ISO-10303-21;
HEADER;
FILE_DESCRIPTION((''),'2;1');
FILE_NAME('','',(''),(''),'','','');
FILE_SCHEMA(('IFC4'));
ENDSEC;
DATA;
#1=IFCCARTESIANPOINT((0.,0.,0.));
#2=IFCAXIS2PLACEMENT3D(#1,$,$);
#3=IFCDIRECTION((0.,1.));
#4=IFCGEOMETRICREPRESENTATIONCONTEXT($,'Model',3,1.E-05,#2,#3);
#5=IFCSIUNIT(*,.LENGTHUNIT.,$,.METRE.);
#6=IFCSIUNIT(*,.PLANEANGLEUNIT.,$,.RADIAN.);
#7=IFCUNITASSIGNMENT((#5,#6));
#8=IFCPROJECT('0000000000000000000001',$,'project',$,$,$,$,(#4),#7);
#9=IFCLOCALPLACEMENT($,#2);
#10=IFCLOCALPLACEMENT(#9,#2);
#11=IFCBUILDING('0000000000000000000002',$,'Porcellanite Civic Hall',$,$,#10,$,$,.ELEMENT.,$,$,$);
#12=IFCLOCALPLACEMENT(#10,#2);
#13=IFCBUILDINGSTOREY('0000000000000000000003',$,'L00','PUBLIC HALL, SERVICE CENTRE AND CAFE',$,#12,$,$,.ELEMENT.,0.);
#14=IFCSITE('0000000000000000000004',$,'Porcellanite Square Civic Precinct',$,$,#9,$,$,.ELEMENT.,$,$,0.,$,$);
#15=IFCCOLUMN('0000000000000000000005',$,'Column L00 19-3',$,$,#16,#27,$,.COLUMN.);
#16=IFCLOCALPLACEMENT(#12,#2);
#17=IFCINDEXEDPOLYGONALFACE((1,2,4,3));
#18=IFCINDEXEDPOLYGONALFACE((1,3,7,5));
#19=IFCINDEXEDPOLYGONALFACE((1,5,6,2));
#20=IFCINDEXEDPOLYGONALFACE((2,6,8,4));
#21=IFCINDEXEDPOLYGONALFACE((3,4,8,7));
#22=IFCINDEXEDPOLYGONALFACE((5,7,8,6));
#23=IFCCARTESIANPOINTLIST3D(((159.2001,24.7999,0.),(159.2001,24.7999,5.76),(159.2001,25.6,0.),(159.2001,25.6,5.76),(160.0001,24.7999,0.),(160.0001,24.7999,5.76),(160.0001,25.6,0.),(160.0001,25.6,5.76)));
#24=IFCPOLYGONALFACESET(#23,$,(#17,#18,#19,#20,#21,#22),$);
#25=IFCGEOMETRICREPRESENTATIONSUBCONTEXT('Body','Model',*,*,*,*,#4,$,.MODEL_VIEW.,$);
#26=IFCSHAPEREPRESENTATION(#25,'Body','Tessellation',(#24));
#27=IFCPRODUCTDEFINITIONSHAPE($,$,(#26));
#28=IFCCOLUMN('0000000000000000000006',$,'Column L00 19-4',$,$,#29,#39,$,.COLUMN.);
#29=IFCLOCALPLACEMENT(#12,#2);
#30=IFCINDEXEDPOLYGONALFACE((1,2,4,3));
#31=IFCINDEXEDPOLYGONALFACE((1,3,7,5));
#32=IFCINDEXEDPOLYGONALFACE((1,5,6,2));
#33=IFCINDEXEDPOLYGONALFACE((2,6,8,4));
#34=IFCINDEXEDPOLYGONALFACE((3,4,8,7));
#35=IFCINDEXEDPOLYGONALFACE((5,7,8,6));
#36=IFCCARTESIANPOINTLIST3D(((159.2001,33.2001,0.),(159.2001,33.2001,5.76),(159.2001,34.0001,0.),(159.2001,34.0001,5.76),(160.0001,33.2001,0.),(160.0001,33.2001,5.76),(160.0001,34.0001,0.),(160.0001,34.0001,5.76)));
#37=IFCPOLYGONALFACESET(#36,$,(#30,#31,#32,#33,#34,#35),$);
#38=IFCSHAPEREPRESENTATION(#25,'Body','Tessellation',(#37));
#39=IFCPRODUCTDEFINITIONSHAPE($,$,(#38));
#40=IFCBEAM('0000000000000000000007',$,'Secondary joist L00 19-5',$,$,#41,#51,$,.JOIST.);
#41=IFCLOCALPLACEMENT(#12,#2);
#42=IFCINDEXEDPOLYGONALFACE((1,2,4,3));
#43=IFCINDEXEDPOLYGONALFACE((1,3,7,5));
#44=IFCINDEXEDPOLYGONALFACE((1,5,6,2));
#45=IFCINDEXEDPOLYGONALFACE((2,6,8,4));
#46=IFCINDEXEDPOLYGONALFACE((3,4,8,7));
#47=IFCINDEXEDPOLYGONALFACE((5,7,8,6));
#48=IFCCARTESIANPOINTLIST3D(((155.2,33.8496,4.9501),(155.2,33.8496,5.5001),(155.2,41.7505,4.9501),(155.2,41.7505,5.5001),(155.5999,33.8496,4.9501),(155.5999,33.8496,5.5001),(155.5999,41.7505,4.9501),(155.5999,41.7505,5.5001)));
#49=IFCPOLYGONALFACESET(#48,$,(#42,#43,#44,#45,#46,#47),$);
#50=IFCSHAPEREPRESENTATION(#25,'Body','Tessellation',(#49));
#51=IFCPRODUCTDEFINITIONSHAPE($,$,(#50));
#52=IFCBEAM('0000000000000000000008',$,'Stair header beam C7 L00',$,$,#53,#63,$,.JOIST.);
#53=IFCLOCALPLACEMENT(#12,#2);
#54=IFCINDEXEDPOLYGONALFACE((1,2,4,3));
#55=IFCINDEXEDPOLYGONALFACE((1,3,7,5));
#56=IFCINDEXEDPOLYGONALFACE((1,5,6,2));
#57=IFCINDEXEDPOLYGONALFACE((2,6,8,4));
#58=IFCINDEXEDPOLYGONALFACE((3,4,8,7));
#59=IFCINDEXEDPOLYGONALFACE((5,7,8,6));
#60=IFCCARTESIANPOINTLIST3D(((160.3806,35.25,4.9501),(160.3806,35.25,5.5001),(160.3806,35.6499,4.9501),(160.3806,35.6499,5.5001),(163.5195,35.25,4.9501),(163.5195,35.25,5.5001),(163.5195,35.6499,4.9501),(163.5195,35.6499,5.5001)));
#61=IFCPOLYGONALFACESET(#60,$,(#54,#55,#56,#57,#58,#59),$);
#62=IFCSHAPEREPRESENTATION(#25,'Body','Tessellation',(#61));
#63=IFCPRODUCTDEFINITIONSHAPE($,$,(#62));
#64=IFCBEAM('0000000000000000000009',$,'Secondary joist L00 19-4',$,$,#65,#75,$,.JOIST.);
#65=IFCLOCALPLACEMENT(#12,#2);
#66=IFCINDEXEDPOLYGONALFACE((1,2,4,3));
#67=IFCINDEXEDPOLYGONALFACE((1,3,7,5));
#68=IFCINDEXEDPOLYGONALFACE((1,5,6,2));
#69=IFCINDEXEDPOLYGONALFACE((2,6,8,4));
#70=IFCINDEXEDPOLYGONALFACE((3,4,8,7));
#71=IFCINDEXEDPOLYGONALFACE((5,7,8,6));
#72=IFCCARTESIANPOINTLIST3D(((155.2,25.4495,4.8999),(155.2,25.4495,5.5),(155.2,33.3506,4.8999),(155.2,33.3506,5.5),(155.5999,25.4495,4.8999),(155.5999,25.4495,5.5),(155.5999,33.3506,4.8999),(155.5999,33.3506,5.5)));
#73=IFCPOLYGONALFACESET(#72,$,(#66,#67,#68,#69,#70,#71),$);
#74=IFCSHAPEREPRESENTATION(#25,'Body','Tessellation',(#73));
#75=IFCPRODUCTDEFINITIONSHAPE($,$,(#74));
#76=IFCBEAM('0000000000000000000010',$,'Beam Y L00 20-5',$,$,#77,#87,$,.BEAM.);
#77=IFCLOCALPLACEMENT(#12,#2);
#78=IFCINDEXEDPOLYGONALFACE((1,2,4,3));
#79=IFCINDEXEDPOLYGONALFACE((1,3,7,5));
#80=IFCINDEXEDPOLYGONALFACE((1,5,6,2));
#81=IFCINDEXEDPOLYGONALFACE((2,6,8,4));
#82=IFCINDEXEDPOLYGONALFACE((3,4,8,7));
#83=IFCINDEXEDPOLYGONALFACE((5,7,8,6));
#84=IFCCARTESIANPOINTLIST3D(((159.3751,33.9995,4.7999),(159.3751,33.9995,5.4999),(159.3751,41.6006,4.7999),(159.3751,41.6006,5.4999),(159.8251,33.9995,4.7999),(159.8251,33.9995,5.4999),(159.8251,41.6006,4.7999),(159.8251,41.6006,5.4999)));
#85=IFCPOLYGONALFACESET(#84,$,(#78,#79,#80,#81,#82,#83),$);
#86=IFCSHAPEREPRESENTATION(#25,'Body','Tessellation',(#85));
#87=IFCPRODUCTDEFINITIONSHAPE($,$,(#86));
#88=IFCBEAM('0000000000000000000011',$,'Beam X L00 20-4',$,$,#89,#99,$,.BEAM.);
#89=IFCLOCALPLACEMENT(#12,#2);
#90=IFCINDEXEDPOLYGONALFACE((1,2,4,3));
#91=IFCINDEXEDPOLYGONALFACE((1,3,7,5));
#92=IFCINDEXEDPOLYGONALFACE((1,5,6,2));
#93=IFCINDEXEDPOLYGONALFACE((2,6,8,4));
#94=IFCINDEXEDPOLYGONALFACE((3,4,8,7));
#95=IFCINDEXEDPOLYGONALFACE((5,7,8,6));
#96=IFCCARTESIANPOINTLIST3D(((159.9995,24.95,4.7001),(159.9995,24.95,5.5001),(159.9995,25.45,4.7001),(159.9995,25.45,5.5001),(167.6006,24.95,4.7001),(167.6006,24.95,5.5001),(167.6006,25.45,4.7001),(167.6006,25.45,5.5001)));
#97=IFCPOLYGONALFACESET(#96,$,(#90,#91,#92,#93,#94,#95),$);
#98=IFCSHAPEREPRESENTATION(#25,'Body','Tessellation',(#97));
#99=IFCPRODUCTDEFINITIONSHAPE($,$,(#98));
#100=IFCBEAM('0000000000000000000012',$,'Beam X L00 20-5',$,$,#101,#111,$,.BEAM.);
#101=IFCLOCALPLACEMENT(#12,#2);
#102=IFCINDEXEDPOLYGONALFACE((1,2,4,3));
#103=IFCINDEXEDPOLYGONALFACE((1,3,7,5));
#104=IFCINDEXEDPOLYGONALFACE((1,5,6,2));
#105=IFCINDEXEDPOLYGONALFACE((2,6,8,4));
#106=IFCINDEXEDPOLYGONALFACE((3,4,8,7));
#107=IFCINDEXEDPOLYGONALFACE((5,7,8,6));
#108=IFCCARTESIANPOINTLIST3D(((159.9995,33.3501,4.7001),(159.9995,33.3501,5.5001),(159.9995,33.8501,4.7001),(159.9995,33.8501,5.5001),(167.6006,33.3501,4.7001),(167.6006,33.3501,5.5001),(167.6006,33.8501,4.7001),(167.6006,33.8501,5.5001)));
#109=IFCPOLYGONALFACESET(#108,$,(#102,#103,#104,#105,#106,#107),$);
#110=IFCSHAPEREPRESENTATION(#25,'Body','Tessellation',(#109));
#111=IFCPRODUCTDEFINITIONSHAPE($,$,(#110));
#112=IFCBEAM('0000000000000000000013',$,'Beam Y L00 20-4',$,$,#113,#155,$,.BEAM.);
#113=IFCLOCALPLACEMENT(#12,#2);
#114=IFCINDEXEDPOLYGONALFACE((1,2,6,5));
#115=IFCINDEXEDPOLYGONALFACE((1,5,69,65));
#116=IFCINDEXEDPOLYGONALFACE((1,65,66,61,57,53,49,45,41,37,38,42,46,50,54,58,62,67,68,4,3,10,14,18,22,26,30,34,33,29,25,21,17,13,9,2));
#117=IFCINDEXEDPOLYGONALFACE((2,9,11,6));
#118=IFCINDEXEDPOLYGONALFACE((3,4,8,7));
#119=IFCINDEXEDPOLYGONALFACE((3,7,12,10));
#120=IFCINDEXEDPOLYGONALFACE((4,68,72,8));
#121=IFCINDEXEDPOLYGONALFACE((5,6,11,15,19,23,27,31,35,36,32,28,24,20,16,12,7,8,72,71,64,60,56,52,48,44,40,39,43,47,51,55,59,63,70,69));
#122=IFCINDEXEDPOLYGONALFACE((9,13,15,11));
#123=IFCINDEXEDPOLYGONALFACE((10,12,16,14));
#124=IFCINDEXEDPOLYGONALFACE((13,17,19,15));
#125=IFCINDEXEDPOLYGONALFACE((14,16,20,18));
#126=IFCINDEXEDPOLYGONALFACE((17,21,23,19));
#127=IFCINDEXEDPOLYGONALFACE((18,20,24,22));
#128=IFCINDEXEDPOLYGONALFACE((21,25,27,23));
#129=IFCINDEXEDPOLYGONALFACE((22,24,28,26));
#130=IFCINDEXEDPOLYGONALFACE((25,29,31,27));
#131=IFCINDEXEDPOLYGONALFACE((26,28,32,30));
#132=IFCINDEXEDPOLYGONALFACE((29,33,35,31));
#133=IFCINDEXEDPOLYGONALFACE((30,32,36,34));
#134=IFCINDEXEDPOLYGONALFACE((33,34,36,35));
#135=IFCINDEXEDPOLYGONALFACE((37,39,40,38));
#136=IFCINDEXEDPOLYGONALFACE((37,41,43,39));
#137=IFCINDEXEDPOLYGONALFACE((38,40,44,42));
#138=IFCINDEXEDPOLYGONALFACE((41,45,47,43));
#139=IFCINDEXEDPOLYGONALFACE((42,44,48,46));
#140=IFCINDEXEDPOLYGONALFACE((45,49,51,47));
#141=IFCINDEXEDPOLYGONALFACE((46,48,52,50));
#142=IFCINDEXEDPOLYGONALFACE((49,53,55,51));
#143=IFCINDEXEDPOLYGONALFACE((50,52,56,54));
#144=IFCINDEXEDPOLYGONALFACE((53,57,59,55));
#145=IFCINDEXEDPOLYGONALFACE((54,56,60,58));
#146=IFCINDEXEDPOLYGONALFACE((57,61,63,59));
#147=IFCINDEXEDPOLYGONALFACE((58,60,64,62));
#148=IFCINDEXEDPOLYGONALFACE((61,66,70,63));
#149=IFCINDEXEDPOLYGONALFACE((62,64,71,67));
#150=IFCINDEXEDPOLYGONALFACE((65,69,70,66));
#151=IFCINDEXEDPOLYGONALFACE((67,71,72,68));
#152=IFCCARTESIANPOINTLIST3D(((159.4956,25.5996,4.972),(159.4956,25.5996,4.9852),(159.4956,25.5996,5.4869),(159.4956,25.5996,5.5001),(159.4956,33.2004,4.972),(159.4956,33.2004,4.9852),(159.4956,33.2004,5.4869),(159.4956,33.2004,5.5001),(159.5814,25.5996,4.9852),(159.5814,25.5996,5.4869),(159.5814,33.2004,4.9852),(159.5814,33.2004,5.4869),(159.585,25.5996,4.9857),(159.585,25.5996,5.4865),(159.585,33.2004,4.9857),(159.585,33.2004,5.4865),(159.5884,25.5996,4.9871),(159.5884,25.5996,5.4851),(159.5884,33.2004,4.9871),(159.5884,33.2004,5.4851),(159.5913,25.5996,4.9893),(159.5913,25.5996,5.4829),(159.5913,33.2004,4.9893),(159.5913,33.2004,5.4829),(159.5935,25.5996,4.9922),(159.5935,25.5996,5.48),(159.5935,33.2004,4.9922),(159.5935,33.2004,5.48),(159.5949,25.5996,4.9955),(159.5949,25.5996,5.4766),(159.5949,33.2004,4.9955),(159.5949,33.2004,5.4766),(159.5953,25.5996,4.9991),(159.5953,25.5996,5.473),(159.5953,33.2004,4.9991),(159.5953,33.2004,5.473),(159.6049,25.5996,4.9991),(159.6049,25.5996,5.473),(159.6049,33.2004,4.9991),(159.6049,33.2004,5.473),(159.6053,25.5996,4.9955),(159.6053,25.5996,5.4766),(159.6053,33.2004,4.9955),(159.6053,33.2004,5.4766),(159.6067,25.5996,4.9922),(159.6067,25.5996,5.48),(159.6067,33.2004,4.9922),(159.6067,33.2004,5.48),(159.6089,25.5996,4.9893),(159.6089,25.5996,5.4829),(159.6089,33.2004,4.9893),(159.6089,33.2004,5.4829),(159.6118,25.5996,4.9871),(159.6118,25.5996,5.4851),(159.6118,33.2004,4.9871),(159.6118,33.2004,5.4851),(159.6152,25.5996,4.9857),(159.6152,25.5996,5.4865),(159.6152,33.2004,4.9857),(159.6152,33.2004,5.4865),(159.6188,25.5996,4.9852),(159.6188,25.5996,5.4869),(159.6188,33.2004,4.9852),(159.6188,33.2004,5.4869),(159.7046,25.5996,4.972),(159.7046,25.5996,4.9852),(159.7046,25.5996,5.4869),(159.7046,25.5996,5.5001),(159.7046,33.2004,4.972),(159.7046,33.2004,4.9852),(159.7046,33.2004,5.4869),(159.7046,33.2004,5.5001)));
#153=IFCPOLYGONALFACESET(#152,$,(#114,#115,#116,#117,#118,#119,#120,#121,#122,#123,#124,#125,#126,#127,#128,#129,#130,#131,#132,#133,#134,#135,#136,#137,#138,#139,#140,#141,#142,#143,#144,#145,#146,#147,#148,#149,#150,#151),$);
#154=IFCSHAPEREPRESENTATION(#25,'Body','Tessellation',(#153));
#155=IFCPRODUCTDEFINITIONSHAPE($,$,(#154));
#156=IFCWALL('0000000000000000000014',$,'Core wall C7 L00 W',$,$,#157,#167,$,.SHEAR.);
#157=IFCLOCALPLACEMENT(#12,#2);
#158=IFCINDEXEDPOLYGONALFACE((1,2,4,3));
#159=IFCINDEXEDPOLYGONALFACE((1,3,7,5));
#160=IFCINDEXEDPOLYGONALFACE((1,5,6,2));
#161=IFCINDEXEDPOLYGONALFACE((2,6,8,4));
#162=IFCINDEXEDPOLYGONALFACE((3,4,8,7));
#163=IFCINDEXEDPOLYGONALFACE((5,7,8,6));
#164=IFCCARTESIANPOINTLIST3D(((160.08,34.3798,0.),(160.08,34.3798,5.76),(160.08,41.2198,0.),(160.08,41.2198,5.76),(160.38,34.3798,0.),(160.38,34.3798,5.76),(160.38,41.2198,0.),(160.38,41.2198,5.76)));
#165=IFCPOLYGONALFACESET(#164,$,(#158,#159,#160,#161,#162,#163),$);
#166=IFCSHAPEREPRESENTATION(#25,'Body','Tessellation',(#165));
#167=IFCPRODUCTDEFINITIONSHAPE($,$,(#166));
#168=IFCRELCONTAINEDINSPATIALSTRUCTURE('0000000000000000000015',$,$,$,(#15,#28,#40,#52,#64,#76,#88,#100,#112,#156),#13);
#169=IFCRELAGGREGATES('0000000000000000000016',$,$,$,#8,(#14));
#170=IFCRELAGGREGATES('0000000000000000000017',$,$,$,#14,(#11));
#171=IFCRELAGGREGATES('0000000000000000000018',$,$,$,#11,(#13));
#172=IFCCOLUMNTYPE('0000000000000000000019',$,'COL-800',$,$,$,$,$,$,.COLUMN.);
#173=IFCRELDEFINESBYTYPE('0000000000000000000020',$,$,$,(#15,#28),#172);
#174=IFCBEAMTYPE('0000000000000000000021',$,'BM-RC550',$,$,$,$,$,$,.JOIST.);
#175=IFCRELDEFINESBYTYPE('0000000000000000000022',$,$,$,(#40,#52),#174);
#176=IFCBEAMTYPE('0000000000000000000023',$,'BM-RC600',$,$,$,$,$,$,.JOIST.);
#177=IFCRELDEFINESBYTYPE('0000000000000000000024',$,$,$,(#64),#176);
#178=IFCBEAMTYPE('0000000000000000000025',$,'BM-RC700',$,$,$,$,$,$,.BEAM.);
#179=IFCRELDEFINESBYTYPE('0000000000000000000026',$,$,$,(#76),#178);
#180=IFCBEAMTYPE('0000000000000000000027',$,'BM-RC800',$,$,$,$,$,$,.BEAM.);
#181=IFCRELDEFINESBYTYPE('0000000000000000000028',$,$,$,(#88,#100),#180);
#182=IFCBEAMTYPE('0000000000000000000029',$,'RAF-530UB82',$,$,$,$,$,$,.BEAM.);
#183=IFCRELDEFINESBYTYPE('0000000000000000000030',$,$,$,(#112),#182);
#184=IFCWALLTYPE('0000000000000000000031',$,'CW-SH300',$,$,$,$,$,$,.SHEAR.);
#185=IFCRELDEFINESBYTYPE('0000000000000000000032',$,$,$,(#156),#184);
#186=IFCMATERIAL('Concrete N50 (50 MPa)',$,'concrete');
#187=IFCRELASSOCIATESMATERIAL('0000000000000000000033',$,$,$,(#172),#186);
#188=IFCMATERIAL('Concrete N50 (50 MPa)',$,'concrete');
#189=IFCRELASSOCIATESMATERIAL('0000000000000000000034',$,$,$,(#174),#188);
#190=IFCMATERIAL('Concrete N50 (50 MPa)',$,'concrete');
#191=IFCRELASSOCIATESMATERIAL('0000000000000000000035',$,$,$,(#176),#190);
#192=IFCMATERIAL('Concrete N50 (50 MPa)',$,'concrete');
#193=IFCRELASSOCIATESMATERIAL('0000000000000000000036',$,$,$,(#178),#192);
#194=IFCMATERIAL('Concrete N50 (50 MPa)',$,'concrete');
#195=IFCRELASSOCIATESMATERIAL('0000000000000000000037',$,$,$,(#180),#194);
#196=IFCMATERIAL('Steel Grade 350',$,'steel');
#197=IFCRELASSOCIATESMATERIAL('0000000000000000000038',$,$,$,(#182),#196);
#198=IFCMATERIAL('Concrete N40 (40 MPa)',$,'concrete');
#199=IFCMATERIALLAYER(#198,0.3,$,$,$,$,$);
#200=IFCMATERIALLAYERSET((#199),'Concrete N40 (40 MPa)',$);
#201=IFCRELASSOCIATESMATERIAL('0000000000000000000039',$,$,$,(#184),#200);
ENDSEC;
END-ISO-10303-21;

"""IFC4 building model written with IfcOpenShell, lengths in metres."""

from ifc_helpers import new_model, si_unit, direction, frame, frame_2d, origin, origin_2d, place, context, subcontext, project, spatial, rectangle, i_section, extrude, material, layer, layer_set, material_profile, profile_set, type_object, element, save


model = new_model("IFC4")

# Units and contexts
model_context = context("Model", 3, precision=1e-05, world=origin(), true_north=direction((0.0, 1.0)))
body_context = subcontext(model_context, "Body", "Model", "MODEL_VIEW")
ifc_project = project(units=[si_unit("LENGTHUNIT", "METRE"), si_unit("PLANEANGLEUNIT", "RADIAN")], contexts=[model_context])

# Site, building, storey
site_placement = place(None, origin())
site = spatial("IfcSite", under=ifc_project, at=site_placement, Name="Porcellanite Square Civic Precinct", CompositionType="ELEMENT", RefElevation=0.0)
building_placement = place(site_placement, origin())
building = spatial("IfcBuilding", under=site, at=building_placement, Name="Porcellanite Civic Hall", CompositionType="ELEMENT")
storey_placement = place(building_placement, origin())
storey = spatial("IfcBuildingStorey", under=building, at=storey_placement, Name="L00", Description="PUBLIC HALL, SERVICE CENTRE AND CAFE", CompositionType="ELEMENT", Elevation=0.0)

# Columns
ifc_material_1 = material(Name="Concrete N50 (50 MPa)", Category="concrete")
ifc_material_profile_1 = material_profile(ifc_material_1, rectangle(XDim=0.8, YDim=0.8, at=origin_2d()), Name="RC-800x800")
ifc_profile_set_1 = profile_set([ifc_material_profile_1], Name="Concrete N50 (50 MPa)")
column_type = type_object("IfcColumnType", Name="COL-800", PredefinedType="COLUMN", material=ifc_profile_set_1)
for number, where, z_axis, x_axis, name in (
    (1, (159.6001, 25.2, 0.0), (0.0, 0.0, 1.0), (1.0, 0.0, 0.0), "Column L00 19-3"),
    (2, (159.6001, 33.6001, 0.0), (0.0, 0.0, 1.0), (1.0, 0.0, 0.0), "Column L00 19-4"),
):
    element("IfcColumn", number, at=place(storey_placement, frame(where, z_axis=z_axis, x_axis=x_axis)), inside=storey, type_object=column_type, Name=name, PredefinedType="COLUMN", context=body_context, shape_type="SweptSolid", body=[
        extrude(rectangle(XDim=0.8, YDim=0.8, at=origin_2d()), origin(), (0.0, 0.0, 1.0), 5.76),
    ])

# Beams
ifc_material_2 = material(Name="Concrete N50 (50 MPa)", Category="concrete")
ifc_material_profile_2 = material_profile(ifc_material_2, rectangle(XDim=0.3999, YDim=0.55, at=origin_2d()), Name="RC-400x550")
ifc_profile_set_2 = profile_set([ifc_material_profile_2], Name="Concrete N50 (50 MPa)")
beam_type_1 = type_object("IfcBeamType", Name="BM-RC550", PredefinedType="JOIST", material=ifc_profile_set_2)
beam_1_placement = place(storey_placement, frame((155.3999, 33.8496, 5.2251), z_axis=(0.0, 1.0, 0.0), x_axis=(-1.0, 0.0, 0.0)))
element("IfcBeam", 3, at=beam_1_placement, inside=storey, type_object=beam_type_1, Name="Secondary joist L00 19-5", PredefinedType="JOIST", context=body_context, shape_type="SweptSolid", body=[
    extrude(rectangle(XDim=0.3999, YDim=0.55, at=origin_2d()), origin(), (0.0, 0.0, 1.0), 7.9009),
])
beam_2_placement = place(storey_placement, frame((160.3806, 35.45, 5.2251), z_axis=(1.0, 0.0, 0.0), x_axis=(0.0, 1.0, 0.0)))
element("IfcBeam", 4, at=beam_2_placement, inside=storey, type_object=beam_type_1, Name="Stair header beam C7 L00", PredefinedType="JOIST", context=body_context, shape_type="SweptSolid", body=[
    extrude(rectangle(XDim=0.3999, YDim=0.55, at=origin_2d()), origin(), (0.0, 0.0, 1.0), 3.1389),
])
ifc_material_3 = material(Name="Concrete N50 (50 MPa)", Category="concrete")
ifc_material_profile_3 = material_profile(ifc_material_3, rectangle(XDim=0.3999, YDim=0.6001, at=origin_2d()), Name="RC-400x600")
ifc_profile_set_3 = profile_set([ifc_material_profile_3], Name="Concrete N50 (50 MPa)")
beam_type_2 = type_object("IfcBeamType", Name="BM-RC600", PredefinedType="JOIST", material=ifc_profile_set_3)
beam_3_placement = place(storey_placement, frame((155.3999, 25.4495, 5.2), z_axis=(0.0, 1.0, 0.0), x_axis=(-1.0, 0.0, 0.0)))
element("IfcBeam", 5, at=beam_3_placement, inside=storey, type_object=beam_type_2, Name="Secondary joist L00 19-4", PredefinedType="JOIST", context=body_context, shape_type="SweptSolid", body=[
    extrude(rectangle(XDim=0.3999, YDim=0.6001, at=origin_2d()), origin(), (0.0, 0.0, 1.0), 7.9011),
])
ifc_material_4 = material(Name="Concrete N50 (50 MPa)", Category="concrete")
ifc_material_profile_4 = material_profile(ifc_material_4, rectangle(XDim=0.45, YDim=0.7, at=origin_2d()), Name="RC-450x700")
ifc_profile_set_4 = profile_set([ifc_material_profile_4], Name="Concrete N50 (50 MPa)")
beam_type_3 = type_object("IfcBeamType", Name="BM-RC700", PredefinedType="BEAM", material=ifc_profile_set_4)
beam_4_placement = place(storey_placement, frame((159.6001, 33.9995, 5.1499), z_axis=(0.0, 1.0, 0.0), x_axis=(-1.0, 0.0, 0.0)))
element("IfcBeam", 6, at=beam_4_placement, inside=storey, type_object=beam_type_3, Name="Beam Y L00 20-5", PredefinedType="BEAM", context=body_context, shape_type="SweptSolid", body=[
    extrude(rectangle(XDim=0.45, YDim=0.7, at=origin_2d()), origin(), (0.0, 0.0, 1.0), 7.6011),
])
ifc_material_5 = material(Name="Concrete N50 (50 MPa)", Category="concrete")
ifc_material_profile_5 = material_profile(ifc_material_5, rectangle(XDim=0.5, YDim=0.8, at=origin_2d()), Name="RC-500x800")
ifc_profile_set_5 = profile_set([ifc_material_profile_5], Name="Concrete N50 (50 MPa)")
beam_type_4 = type_object("IfcBeamType", Name="BM-RC800", PredefinedType="BEAM", material=ifc_profile_set_5)
for number, where, z_axis, x_axis, name in (
    (7, (159.9995, 25.2, 5.1001), (1.0, 0.0, 0.0), (0.0, 1.0, 0.0), "Beam X L00 20-4"),
    (8, (159.9995, 33.6001, 5.1001), (1.0, 0.0, 0.0), (0.0, 1.0, 0.0), "Beam X L00 20-5"),
):
    element("IfcBeam", number, at=place(storey_placement, frame(where, z_axis=z_axis, x_axis=x_axis)), inside=storey, type_object=beam_type_4, Name=name, PredefinedType="BEAM", context=body_context, shape_type="SweptSolid", body=[
        extrude(rectangle(XDim=0.5, YDim=0.8, at=origin_2d()), origin(), (0.0, 0.0, 1.0), 7.6011),
    ])
ifc_material_6 = material(Name="Steel Grade 350", Category="steel")
ifc_material_profile_6 = material_profile(ifc_material_6, i_section(OverallWidth=0.209, OverallDepth=0.5281, WebThickness=0.0095, FlangeThickness=0.0132, FilletRadius=0.0139, at=origin_2d()), Name="530UB82.0")
ifc_profile_set_6 = profile_set([ifc_material_profile_6], Name="Steel Grade 350")
beam_type_5 = type_object("IfcBeamType", Name="RAF-530UB82", PredefinedType="BEAM", material=ifc_profile_set_6)
beam_5_placement = place(storey_placement, frame((159.6001, 25.5996, 5.2361), z_axis=(0.0, 1.0, 0.0), x_axis=(-1.0, 0.0, 0.0)))
element("IfcBeam", 9, at=beam_5_placement, inside=storey, type_object=beam_type_5, Name="Beam Y L00 20-4", PredefinedType="BEAM", context=body_context, shape_type="SweptSolid", body=[
    extrude(i_section(OverallWidth=0.209, OverallDepth=0.5281, WebThickness=0.0095, FlangeThickness=0.0132, FilletRadius=0.0139, at=origin_2d()), origin(), (0.0, 0.0, 1.0), 7.6008),
])

# Wall
ifc_material_7 = material(Name="Concrete N40 (40 MPa)", Category="concrete")
ifc_layer_1 = layer(ifc_material_7, 0.3)
ifc_layer_set_1 = layer_set([ifc_layer_1], Name="Concrete N40 (40 MPa)")
wall_type_1 = type_object("IfcWallType", Name="CW-SH300", PredefinedType="SHEAR", material=ifc_layer_set_1)
wall_1_placement = place(storey_placement, frame((160.23, 34.3799, 0.0), z_axis=(0.0, 0.0, 1.0), x_axis=(0.0, 1.0, 0.0)))
element("IfcWall", 10, at=wall_1_placement, inside=storey, type_object=wall_type_1, Name="Core wall C7 L00 W", PredefinedType="SHEAR", context=body_context, shape_type="SweptSolid", body=[
    extrude(rectangle(XDim=6.8401, YDim=0.3, at=frame_2d((3.4199, 0.0))), origin(), (0.0, 0.0, 1.0), 5.76),
])

save(model, "model.ifc")
